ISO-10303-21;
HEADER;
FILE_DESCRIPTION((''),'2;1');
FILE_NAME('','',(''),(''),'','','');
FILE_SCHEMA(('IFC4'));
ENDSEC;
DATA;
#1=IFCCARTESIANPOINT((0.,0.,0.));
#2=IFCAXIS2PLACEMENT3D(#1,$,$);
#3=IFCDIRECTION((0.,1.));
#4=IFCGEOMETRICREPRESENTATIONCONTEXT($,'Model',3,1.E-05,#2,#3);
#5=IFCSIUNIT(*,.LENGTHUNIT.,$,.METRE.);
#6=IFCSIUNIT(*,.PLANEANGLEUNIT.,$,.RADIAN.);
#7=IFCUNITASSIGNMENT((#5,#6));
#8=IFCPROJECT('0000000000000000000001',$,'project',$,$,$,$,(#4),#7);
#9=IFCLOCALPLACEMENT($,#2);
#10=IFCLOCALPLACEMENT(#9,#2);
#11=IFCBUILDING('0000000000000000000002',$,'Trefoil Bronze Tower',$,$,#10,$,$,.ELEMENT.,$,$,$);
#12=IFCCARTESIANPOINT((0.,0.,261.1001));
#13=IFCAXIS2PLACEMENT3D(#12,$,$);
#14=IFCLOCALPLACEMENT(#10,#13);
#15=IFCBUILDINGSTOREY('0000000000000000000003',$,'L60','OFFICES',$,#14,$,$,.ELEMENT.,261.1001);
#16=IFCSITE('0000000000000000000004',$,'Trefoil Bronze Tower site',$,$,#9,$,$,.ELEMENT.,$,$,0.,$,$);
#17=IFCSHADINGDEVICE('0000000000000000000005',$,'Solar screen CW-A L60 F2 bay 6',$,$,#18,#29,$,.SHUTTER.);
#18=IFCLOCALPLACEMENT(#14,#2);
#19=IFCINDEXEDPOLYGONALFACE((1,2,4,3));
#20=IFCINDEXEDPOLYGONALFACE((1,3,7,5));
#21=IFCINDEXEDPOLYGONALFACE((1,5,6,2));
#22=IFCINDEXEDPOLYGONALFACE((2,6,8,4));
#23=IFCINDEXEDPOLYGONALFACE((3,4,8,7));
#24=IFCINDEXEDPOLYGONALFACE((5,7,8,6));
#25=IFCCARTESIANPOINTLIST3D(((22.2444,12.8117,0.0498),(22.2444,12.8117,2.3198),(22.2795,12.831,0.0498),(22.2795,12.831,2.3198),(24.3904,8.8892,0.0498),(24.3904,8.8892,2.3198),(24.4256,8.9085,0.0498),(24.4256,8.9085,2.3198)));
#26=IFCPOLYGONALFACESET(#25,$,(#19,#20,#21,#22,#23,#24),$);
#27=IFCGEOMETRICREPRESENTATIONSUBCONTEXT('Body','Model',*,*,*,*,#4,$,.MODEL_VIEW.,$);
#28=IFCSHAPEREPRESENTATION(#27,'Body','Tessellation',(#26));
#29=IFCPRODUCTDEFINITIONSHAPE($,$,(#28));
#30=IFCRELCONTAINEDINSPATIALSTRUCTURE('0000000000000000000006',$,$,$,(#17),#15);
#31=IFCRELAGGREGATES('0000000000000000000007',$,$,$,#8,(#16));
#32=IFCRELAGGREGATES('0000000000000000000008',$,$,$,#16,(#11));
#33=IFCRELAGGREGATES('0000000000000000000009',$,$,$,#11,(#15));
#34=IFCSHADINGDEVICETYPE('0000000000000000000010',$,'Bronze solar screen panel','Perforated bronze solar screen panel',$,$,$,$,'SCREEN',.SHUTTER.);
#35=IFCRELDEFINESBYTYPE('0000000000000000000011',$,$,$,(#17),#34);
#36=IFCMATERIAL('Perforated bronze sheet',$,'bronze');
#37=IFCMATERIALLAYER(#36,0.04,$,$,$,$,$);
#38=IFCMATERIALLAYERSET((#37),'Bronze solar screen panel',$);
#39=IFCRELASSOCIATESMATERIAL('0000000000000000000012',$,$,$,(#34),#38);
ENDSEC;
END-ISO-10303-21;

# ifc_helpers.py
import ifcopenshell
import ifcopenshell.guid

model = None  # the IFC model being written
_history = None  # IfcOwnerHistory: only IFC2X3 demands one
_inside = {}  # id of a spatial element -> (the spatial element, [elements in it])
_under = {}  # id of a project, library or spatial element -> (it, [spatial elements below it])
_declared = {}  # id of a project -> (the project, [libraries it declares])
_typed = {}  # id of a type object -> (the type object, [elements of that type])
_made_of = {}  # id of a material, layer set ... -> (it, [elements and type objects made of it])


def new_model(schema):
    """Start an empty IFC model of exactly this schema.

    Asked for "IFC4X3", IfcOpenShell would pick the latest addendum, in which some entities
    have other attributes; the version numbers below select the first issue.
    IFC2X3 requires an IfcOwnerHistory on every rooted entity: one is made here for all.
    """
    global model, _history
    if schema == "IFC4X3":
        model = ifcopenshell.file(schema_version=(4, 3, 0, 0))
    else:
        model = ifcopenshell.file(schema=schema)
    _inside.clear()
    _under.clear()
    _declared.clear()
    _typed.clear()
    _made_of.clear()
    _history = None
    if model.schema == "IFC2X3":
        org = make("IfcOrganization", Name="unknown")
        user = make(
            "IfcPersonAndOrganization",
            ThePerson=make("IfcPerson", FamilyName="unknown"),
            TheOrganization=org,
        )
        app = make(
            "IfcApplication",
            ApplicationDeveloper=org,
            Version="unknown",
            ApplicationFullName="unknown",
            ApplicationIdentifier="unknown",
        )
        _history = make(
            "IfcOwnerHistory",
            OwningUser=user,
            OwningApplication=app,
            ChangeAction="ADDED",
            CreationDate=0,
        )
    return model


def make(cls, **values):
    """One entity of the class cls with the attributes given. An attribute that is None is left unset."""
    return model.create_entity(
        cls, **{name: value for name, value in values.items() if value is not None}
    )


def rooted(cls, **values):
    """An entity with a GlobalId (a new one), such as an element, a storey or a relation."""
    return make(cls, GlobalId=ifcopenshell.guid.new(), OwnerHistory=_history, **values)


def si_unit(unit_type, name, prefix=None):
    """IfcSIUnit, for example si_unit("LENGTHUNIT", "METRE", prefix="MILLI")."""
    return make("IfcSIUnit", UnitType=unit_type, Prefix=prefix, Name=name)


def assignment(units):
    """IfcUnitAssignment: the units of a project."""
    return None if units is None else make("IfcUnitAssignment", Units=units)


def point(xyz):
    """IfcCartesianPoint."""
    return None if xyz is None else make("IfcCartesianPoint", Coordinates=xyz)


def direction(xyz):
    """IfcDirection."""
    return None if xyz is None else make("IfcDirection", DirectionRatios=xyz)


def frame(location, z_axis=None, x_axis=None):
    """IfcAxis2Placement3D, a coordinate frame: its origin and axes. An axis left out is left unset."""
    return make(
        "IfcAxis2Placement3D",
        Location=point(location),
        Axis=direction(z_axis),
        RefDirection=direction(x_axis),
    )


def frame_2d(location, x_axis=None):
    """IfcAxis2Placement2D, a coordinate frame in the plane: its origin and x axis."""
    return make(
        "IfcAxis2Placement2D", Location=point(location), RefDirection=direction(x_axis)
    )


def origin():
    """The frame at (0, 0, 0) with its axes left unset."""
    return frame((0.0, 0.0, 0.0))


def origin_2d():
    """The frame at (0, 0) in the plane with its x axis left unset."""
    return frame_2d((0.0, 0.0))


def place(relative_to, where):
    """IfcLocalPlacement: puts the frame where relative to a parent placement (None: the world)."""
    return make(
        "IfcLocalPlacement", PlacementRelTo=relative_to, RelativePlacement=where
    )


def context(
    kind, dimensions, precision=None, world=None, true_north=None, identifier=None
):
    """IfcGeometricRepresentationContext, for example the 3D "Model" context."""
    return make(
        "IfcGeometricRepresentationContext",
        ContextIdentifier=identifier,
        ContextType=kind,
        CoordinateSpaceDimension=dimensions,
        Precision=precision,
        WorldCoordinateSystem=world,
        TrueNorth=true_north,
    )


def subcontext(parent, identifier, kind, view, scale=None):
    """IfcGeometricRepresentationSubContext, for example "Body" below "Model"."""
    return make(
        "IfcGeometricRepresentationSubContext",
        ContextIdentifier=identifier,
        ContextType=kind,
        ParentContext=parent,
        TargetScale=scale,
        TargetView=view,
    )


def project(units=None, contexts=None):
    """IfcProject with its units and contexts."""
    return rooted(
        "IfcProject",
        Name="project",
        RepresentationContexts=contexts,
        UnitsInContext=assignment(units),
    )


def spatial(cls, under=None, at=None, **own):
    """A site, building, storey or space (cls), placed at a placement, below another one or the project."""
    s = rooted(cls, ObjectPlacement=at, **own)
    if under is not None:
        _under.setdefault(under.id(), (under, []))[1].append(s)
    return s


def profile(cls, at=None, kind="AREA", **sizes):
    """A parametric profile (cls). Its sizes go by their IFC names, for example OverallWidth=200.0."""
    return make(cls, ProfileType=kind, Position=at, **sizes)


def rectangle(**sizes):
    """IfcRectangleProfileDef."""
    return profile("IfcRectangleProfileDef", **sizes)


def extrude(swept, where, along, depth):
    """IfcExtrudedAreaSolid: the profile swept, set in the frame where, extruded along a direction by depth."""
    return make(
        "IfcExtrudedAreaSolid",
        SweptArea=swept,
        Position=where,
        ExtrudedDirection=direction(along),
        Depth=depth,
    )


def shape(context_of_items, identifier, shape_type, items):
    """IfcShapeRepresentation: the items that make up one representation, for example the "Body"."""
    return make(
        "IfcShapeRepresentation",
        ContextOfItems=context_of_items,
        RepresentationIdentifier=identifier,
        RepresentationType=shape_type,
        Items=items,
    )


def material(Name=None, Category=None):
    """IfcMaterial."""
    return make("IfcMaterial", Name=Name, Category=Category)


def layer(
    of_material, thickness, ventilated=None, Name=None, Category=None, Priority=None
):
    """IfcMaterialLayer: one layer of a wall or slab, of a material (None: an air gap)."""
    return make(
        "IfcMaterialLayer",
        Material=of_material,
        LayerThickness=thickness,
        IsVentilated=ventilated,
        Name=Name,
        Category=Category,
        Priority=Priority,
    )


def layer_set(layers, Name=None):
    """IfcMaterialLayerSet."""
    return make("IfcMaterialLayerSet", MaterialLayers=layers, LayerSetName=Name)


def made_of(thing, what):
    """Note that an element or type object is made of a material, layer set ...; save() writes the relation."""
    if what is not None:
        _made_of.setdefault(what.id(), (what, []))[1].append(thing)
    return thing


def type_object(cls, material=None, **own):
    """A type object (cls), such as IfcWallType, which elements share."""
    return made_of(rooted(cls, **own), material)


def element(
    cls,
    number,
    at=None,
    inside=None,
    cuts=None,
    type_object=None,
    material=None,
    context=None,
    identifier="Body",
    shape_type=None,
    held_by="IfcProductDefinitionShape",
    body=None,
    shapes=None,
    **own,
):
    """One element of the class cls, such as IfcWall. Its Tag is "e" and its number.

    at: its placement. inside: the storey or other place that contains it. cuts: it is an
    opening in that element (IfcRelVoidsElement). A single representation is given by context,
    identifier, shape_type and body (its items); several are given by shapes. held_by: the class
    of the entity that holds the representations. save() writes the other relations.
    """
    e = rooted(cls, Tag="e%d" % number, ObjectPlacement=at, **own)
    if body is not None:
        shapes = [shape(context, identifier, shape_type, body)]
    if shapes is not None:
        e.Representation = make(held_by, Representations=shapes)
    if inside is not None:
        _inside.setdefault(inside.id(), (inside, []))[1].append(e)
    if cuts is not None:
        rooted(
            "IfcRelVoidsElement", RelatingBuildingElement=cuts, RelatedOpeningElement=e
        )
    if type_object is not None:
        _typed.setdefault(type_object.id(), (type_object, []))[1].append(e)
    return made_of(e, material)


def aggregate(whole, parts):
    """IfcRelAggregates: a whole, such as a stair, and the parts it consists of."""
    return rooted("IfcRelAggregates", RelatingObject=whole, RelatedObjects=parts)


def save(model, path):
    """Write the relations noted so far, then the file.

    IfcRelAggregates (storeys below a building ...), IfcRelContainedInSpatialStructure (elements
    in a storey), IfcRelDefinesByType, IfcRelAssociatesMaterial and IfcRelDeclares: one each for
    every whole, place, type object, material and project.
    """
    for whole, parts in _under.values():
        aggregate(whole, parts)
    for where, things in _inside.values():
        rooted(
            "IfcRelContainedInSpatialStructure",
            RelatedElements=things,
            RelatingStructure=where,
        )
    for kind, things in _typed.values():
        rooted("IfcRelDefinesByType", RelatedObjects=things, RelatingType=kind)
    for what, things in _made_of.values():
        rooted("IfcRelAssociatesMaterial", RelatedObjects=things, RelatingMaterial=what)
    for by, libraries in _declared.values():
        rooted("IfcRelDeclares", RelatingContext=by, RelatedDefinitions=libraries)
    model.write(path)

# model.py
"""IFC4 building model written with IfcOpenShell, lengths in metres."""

from ifc_helpers import new_model, si_unit, direction, frame, origin, origin_2d, place, context, subcontext, project, spatial, rectangle, extrude, material, layer, layer_set, type_object, element, save


model = new_model("IFC4")

# Units and contexts
model_context = context("Model", 3, precision=1e-05, world=origin(), true_north=direction((0.0, 1.0)))
body_context = subcontext(model_context, "Body", "Model", "MODEL_VIEW")
ifc_project = project(units=[si_unit("LENGTHUNIT", "METRE"), si_unit("PLANEANGLEUNIT", "RADIAN")], contexts=[model_context])

# Site, building, storey
site_placement = place(None, origin())
site = spatial("IfcSite", under=ifc_project, at=site_placement, Name="Trefoil Bronze Tower site", CompositionType="ELEMENT", RefElevation=0.0)
building_placement = place(site_placement, origin())
building = spatial("IfcBuilding", under=site, at=building_placement, Name="Trefoil Bronze Tower", CompositionType="ELEMENT")
storey_placement = place(building_placement, frame((0.0, 0.0, 261.1001)))
storey = spatial("IfcBuildingStorey", under=building, at=storey_placement, Name="L60", Description="OFFICES", CompositionType="ELEMENT", Elevation=261.1001)

# Shading device
ifc_material_1 = material(Name="Perforated bronze sheet", Category="bronze")
ifc_layer_1 = layer(ifc_material_1, 0.04)
ifc_layer_set_1 = layer_set([ifc_layer_1], Name="Bronze solar screen panel")
shading_device_type = type_object("IfcShadingDeviceType", Name="Bronze solar screen panel", Description="Perforated bronze solar screen panel", ElementType="SCREEN", PredefinedType="SHUTTER", material=ifc_layer_set_1)
shading_device_1_placement = place(storey_placement, frame((23.335, 10.8601, 0.0498), z_axis=(0.0, 0.0, 1.0), x_axis=(-0.479974, 0.877283, 0.0)))
element("IfcShadingDevice", 1, at=shading_device_1_placement, inside=storey, type_object=shading_device_type, Name="Solar screen CW-A L60 F2 bay 6", PredefinedType="SHUTTER", context=body_context, shape_type="SweptSolid", body=[
    extrude(rectangle(XDim=4.4712, YDim=0.04, at=origin_2d()), origin(), (0.0, 0.0, 1.0), 2.27),
])

save(model, "model.ifc")
